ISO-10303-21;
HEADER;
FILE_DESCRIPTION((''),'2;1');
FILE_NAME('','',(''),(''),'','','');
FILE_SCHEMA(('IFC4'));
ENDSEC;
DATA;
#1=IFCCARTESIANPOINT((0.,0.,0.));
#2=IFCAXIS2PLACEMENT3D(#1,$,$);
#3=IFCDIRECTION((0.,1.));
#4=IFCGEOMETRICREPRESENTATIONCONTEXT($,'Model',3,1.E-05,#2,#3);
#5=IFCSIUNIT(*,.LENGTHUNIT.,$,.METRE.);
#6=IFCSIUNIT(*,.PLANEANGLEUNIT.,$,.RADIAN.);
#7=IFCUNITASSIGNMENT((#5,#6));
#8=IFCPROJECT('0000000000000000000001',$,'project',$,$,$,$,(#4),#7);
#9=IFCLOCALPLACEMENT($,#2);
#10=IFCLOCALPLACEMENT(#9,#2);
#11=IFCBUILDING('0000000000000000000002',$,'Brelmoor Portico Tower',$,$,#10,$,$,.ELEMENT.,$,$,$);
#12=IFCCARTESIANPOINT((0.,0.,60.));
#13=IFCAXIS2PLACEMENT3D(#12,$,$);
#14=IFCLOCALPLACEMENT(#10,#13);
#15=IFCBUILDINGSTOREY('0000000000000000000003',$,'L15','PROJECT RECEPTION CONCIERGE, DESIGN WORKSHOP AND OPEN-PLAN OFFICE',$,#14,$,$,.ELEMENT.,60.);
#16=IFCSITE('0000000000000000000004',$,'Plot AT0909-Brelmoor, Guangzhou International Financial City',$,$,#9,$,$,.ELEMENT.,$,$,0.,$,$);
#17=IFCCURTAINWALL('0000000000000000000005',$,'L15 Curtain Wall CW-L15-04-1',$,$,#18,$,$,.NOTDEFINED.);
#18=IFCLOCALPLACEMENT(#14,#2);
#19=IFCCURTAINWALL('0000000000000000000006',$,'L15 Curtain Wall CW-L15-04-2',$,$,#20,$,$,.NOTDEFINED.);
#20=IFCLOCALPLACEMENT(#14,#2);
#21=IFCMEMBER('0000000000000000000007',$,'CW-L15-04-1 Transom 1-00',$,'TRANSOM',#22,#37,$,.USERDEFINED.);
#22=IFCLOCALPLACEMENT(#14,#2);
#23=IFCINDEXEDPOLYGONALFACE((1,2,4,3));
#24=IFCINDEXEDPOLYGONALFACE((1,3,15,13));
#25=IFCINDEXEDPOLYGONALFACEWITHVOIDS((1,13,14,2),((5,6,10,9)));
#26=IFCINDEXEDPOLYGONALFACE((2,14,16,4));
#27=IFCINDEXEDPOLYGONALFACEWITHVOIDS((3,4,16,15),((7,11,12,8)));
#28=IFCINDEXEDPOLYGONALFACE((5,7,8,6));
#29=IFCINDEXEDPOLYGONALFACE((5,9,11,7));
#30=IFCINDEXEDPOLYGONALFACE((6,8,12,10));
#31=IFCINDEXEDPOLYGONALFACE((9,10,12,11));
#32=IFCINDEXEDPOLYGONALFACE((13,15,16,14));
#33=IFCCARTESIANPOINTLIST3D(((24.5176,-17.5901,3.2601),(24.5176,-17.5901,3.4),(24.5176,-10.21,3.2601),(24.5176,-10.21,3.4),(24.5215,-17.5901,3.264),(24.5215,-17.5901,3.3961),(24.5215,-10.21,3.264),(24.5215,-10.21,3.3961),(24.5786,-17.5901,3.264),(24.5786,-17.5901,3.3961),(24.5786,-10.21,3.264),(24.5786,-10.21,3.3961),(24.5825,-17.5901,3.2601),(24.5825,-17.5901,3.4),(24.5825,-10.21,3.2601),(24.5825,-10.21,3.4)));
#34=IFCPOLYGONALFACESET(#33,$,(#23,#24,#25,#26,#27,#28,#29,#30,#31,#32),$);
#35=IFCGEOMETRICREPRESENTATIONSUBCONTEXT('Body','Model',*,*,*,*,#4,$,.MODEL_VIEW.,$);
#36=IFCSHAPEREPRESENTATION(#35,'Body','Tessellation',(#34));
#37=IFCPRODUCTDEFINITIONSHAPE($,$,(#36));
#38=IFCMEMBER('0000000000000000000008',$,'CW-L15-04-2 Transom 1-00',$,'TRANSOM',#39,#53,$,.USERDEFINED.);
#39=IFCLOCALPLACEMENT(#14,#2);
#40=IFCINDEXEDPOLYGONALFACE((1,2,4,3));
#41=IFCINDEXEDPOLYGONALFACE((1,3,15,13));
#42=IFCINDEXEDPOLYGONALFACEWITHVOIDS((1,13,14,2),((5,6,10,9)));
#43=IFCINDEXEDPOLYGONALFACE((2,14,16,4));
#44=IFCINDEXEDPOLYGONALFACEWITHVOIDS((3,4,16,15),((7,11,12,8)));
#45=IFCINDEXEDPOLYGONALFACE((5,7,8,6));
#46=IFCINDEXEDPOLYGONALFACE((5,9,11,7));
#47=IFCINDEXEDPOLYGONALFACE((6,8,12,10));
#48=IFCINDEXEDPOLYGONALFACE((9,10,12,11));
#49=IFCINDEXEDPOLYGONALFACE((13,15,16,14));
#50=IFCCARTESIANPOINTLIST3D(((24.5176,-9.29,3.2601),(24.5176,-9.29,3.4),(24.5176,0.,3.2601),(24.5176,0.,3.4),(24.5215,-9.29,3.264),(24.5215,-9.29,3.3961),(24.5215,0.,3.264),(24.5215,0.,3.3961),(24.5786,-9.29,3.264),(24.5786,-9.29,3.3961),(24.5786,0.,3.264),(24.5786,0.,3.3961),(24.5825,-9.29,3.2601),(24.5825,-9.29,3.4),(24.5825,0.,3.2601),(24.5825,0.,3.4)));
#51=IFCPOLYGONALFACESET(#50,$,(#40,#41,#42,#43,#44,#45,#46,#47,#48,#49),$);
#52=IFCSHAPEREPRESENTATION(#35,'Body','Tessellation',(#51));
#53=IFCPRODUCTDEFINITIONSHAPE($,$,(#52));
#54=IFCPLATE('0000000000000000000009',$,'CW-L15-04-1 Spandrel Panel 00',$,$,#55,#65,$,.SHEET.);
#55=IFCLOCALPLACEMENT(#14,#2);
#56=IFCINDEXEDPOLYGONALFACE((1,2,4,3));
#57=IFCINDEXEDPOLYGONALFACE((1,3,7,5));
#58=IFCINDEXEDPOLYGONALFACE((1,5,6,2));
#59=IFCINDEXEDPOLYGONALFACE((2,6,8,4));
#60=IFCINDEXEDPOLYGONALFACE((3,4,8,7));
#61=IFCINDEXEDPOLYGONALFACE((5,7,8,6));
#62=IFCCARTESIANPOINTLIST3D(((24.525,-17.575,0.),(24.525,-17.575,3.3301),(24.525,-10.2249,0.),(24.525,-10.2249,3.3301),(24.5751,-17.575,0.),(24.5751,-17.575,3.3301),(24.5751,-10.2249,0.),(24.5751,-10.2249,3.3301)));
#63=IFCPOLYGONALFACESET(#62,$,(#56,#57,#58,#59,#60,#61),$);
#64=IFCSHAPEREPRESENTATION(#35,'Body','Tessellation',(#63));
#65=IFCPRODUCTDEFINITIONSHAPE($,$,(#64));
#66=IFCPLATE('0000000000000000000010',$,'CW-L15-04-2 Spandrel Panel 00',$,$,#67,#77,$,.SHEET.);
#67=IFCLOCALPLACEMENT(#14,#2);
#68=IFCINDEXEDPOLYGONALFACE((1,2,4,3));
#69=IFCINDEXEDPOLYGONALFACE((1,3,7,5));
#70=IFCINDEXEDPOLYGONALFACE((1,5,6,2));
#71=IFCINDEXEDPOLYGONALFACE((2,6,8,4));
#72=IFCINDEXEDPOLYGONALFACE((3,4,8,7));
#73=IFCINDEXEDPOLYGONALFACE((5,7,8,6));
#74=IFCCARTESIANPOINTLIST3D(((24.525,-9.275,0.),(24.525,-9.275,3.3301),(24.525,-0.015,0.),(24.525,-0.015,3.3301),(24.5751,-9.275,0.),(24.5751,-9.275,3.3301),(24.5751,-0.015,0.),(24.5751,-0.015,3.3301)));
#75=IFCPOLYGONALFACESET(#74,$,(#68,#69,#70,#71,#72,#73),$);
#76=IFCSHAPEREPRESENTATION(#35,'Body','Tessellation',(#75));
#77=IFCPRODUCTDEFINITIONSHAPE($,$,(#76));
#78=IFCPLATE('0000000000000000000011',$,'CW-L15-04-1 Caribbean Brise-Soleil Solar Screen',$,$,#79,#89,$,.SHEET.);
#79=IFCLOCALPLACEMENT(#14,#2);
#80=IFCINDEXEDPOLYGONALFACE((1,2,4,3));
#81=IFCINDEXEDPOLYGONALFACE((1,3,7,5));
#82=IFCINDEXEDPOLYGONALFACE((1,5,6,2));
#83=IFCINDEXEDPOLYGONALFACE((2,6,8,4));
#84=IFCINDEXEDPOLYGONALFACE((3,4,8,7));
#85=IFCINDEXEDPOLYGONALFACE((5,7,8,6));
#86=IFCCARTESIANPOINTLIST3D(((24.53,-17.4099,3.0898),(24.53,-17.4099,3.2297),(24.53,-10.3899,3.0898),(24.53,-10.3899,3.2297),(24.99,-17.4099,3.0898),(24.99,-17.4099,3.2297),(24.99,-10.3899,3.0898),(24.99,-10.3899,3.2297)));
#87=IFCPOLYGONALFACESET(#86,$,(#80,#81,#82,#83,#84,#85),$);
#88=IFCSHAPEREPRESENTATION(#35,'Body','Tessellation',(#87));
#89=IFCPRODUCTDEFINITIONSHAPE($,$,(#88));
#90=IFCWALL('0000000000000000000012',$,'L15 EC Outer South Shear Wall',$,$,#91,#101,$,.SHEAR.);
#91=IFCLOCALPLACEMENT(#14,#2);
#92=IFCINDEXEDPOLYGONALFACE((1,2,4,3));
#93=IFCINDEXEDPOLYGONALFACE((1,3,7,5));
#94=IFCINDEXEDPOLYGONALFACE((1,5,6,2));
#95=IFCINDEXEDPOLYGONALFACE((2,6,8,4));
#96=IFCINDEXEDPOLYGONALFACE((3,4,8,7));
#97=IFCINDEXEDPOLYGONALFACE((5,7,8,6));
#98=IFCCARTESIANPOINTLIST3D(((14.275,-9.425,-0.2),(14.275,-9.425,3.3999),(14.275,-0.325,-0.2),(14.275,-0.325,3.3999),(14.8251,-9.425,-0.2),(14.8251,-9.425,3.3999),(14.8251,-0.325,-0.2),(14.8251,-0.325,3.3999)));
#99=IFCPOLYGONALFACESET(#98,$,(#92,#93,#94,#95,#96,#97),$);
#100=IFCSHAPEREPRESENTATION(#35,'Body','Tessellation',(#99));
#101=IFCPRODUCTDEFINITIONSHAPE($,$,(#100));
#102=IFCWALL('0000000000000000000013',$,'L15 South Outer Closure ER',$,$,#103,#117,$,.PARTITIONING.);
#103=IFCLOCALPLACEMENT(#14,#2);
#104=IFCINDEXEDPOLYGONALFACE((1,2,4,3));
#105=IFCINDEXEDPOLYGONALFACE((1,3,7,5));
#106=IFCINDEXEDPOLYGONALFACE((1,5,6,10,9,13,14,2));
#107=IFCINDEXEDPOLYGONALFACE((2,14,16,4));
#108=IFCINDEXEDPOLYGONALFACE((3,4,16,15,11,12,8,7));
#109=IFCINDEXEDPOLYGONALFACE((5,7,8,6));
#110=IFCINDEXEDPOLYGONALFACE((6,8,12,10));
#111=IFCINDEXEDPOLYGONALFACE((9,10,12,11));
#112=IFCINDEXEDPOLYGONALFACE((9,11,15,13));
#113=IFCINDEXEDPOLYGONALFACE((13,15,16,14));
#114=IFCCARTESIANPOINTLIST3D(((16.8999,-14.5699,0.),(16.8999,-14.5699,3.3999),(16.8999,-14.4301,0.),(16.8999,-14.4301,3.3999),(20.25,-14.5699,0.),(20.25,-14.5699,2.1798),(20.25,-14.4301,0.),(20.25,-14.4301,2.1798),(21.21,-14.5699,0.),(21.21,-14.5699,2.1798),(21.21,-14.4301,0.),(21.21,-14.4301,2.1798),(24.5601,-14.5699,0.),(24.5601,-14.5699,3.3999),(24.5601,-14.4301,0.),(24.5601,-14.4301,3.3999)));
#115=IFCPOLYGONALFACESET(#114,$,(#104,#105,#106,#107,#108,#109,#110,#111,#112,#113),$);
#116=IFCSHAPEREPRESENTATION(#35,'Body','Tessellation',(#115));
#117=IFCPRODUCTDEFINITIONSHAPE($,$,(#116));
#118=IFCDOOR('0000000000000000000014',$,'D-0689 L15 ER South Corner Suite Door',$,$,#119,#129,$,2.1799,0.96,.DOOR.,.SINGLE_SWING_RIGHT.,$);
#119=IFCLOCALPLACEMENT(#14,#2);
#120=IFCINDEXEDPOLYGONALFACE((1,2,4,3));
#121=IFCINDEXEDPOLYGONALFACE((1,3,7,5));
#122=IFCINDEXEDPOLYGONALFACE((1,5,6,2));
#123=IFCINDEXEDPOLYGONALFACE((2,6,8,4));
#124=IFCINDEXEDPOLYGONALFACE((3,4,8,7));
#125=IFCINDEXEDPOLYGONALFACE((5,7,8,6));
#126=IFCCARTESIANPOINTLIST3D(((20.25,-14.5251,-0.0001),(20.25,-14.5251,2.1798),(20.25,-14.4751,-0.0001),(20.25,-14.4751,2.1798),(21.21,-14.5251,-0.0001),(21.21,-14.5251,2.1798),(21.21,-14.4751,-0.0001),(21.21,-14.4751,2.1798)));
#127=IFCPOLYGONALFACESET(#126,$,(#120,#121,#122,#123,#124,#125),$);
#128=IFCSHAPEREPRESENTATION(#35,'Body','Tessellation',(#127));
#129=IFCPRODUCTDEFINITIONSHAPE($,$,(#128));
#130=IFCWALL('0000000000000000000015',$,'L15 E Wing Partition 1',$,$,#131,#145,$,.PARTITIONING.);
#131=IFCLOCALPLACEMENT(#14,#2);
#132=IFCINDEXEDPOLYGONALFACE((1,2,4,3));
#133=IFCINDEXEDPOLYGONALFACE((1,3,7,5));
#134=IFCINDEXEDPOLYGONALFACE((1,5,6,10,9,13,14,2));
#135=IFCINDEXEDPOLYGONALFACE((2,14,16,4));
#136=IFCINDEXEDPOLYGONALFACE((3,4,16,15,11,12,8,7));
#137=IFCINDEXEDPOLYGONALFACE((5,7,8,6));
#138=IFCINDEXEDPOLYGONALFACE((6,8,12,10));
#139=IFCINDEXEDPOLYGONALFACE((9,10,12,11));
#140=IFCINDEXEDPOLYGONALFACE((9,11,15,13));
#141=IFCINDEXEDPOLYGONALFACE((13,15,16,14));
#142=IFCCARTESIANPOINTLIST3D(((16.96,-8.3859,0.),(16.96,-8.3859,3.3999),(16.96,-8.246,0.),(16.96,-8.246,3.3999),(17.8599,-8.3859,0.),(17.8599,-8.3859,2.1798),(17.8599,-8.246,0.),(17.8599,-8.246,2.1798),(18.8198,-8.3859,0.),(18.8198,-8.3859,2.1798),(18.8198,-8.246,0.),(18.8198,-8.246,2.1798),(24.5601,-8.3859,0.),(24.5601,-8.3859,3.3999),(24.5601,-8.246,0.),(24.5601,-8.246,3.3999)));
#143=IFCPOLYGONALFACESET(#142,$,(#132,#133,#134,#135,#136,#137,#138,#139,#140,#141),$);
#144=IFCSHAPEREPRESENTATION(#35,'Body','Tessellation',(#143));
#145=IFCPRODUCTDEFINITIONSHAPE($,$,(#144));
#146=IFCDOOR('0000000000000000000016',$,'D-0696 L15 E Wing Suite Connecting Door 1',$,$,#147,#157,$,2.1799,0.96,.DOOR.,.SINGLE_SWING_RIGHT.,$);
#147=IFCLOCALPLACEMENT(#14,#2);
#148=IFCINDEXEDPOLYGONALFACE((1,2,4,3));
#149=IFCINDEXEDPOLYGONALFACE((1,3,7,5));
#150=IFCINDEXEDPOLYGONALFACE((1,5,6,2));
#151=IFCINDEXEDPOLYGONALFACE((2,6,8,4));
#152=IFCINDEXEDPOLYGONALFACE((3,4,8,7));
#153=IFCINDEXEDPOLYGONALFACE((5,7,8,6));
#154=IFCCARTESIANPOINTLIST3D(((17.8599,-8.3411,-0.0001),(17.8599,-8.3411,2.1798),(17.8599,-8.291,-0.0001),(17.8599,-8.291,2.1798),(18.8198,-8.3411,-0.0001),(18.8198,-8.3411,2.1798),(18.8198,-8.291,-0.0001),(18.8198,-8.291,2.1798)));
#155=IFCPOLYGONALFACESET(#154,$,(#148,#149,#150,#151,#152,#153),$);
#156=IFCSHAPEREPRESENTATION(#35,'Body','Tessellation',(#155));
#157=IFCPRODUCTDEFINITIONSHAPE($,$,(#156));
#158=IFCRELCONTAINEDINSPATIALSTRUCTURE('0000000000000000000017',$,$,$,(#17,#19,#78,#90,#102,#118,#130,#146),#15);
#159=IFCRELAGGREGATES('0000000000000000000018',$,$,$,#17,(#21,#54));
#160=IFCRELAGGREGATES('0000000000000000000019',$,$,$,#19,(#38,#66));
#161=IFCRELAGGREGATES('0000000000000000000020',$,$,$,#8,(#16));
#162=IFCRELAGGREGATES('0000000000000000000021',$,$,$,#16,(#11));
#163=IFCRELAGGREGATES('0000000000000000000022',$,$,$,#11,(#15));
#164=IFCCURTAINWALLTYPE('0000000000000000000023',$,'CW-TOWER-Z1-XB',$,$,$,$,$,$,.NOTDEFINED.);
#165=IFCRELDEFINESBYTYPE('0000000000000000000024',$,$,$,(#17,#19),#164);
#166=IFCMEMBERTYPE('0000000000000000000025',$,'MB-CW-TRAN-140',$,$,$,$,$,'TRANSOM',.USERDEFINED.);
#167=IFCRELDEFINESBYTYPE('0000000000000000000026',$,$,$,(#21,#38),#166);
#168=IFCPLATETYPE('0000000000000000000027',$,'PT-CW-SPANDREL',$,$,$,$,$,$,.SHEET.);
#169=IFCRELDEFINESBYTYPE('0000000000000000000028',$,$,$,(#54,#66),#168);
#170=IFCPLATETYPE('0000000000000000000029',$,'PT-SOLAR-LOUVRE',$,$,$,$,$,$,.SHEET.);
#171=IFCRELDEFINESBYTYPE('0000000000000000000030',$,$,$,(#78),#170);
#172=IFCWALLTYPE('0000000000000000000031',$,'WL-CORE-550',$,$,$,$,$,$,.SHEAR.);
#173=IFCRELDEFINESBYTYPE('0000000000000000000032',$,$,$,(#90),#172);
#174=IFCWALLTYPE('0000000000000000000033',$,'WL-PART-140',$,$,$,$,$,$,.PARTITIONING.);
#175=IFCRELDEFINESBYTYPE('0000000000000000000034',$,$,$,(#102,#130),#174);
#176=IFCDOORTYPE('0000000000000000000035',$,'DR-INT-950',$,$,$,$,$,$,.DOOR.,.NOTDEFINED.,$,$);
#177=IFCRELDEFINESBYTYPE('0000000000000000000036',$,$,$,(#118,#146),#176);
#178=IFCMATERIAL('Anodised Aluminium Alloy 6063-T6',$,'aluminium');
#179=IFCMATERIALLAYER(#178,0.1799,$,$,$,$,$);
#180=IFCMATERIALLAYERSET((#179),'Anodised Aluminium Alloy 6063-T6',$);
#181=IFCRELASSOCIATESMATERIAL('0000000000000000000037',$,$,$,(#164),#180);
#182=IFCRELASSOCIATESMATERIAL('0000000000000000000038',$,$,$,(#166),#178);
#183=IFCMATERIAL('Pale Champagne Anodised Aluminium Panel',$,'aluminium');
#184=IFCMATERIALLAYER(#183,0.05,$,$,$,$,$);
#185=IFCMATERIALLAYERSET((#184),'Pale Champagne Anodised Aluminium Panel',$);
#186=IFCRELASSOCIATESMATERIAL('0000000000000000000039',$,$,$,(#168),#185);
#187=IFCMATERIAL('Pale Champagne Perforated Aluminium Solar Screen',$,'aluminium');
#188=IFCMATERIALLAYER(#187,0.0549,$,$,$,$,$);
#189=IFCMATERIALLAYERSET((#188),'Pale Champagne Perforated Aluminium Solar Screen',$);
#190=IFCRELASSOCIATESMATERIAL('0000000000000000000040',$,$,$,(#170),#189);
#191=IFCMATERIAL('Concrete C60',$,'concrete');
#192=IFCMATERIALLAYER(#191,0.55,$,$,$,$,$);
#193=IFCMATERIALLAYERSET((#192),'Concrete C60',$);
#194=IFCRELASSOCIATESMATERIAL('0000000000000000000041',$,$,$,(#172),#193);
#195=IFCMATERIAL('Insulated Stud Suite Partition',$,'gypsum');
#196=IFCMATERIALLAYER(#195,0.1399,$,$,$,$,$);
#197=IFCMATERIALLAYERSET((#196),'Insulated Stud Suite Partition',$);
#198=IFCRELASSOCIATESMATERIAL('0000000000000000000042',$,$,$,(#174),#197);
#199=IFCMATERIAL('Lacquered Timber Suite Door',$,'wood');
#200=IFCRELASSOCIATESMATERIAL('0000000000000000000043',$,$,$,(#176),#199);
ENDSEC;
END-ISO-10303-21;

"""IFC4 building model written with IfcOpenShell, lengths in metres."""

from ifc_helpers import new_model, si_unit, direction, frame, frame_2d, origin, origin_2d, place, context, subcontext, project, spatial, rectangle, hollow_rectangle, extrude, material, layer, layer_set, material_profile, profile_set, type_object, element, fill, aggregate, save


model = new_model("IFC4")

# Units and contexts
model_context = context("Model", 3, precision=1e-05, world=origin(), true_north=direction((0.0, 1.0)))
body_context = subcontext(model_context, "Body", "Model", "MODEL_VIEW")
ifc_project = project(units=[si_unit("LENGTHUNIT", "METRE"), si_unit("PLANEANGLEUNIT", "RADIAN")], contexts=[model_context])

# Site, building, storey
site_placement = place(None, origin())
site = spatial("IfcSite", under=ifc_project, at=site_placement, Name="Plot AT0909-Brelmoor, Guangzhou International Financial City", CompositionType="ELEMENT", RefElevation=0.0)
building_placement = place(site_placement, origin())
building = spatial("IfcBuilding", under=site, at=building_placement, Name="Brelmoor Portico Tower", CompositionType="ELEMENT")
storey_placement = place(building_placement, frame((0.0, 0.0, 60.0)))
storey = spatial("IfcBuildingStorey", under=building, at=storey_placement, Name="L15", Description="PROJECT RECEPTION CONCIERGE, DESIGN WORKSHOP AND OPEN-PLAN OFFICE", CompositionType="ELEMENT", Elevation=60.0)

# Curtain walls
ifc_material_1 = material(Name="Anodised Aluminium Alloy 6063-T6", Category="aluminium")
ifc_layer_1 = layer(ifc_material_1, 0.1799)
ifc_layer_set_1 = layer_set([ifc_layer_1], Name="Anodised Aluminium Alloy 6063-T6")
curtain_wall_type = type_object("IfcCurtainWallType", Name="CW-TOWER-Z1-XB", PredefinedType="NOTDEFINED", material=ifc_layer_set_1)
curtain_wall_1_placement = place(storey_placement, origin())
curtain_wall_1 = element("IfcCurtainWall", 1, at=curtain_wall_1_placement, inside=storey, type_object=curtain_wall_type, Name="L15 Curtain Wall CW-L15-04-1", PredefinedType="NOTDEFINED")
curtain_wall_2_placement = place(storey_placement, origin())
curtain_wall_2 = element("IfcCurtainWall", 2, at=curtain_wall_2_placement, inside=storey, type_object=curtain_wall_type, Name="L15 Curtain Wall CW-L15-04-2", PredefinedType="NOTDEFINED")

# Members
ifc_material_profile_1 = material_profile(ifc_material_1, hollow_rectangle(XDim=0.0649, YDim=0.1399, WallThickness=0.0039, at=origin_2d()), Name="ALU TRANSOM 65x140")
ifc_profile_set_1 = profile_set([ifc_material_profile_1], Name="Anodised Aluminium Alloy 6063-T6")
member_type_1 = type_object("IfcMemberType", Name="MB-CW-TRAN-140", ElementType="TRANSOM", PredefinedType="USERDEFINED", material=ifc_profile_set_1)
member_1_placement = place(storey_placement, frame((24.55, -17.5901, 3.3301), z_axis=(0.0, 1.0, 0.0), x_axis=(-1.0, 0.0, 0.0)))
member_1 = element("IfcMember", 3, at=member_1_placement, type_object=member_type_1, Name="CW-L15-04-1 Transom 1-00", ObjectType="TRANSOM", PredefinedType="USERDEFINED", context=body_context, shape_type="SweptSolid", body=[
    extrude(hollow_rectangle(XDim=0.0649, YDim=0.1399, WallThickness=0.0039, at=origin_2d()), origin(), (0.0, 0.0, 1.0), 7.3801),
])
member_2_placement = place(storey_placement, frame((24.55, -9.29, 3.3301), z_axis=(0.0, 1.0, 0.0), x_axis=(-1.0, 0.0, 0.0)))
member_2 = element("IfcMember", 4, at=member_2_placement, type_object=member_type_1, Name="CW-L15-04-2 Transom 1-00", ObjectType="TRANSOM", PredefinedType="USERDEFINED", context=body_context, shape_type="SweptSolid", body=[
    extrude(hollow_rectangle(XDim=0.0649, YDim=0.1399, WallThickness=0.0039, at=origin_2d()), origin(), (0.0, 0.0, 1.0), 9.29),
])

# Plates
ifc_material_2 = material(Name="Pale Champagne Anodised Aluminium Panel", Category="aluminium")
ifc_layer_2 = layer(ifc_material_2, 0.05)
ifc_layer_set_2 = layer_set([ifc_layer_2], Name="Pale Champagne Anodised Aluminium Panel")
plate_type_1 = type_object("IfcPlateType", Name="PT-CW-SPANDREL", PredefinedType="SHEET", material=ifc_layer_set_2)
plate_1_placement = place(storey_placement, frame((24.55, -13.8999, 0.0), z_axis=(0.0, 0.0, 1.0), x_axis=(0.0, 1.0, 0.0)))
plate_1 = element("IfcPlate", 5, at=plate_1_placement, type_object=plate_type_1, Name="CW-L15-04-1 Spandrel Panel 00", PredefinedType="SHEET", context=body_context, shape_type="SweptSolid", body=[
    extrude(rectangle(XDim=7.3501, YDim=0.05, at=origin_2d()), origin(), (0.0, 0.0, 1.0), 3.3301),
])
aggregate(curtain_wall_1, [member_1, plate_1])
plate_2_placement = place(storey_placement, frame((24.55, -4.645, 0.0), z_axis=(0.0, 0.0, 1.0), x_axis=(0.0, 1.0, 0.0)))
plate_2 = element("IfcPlate", 6, at=plate_2_placement, type_object=plate_type_1, Name="CW-L15-04-2 Spandrel Panel 00", PredefinedType="SHEET", context=body_context, shape_type="SweptSolid", body=[
    extrude(rectangle(XDim=9.26, YDim=0.05, at=origin_2d()), origin(), (0.0, 0.0, 1.0), 3.3301),
])
aggregate(curtain_wall_2, [member_2, plate_2])
ifc_material_3 = material(Name="Pale Champagne Perforated Aluminium Solar Screen", Category="aluminium")
ifc_layer_3 = layer(ifc_material_3, 0.0549)
ifc_layer_set_3 = layer_set([ifc_layer_3], Name="Pale Champagne Perforated Aluminium Solar Screen")
plate_type_2 = type_object("IfcPlateType", Name="PT-SOLAR-LOUVRE", PredefinedType="SHEET", material=ifc_layer_set_3)
plate_3_placement = place(storey_placement, frame((24.76, -13.8999, 3.0898), z_axis=(0.0, 0.0, 1.0), x_axis=(0.0, 1.0, 0.0)))
element("IfcPlate", 7, at=plate_3_placement, inside=storey, type_object=plate_type_2, Name="CW-L15-04-1 Caribbean Brise-Soleil Solar Screen", PredefinedType="SHEET", context=body_context, shape_type="SweptSolid", body=[
    extrude(rectangle(XDim=7.02, YDim=0.46, at=origin_2d()), origin(), (0.0, 0.0, 1.0), 0.1399),
])

# Wall
ifc_material_4 = material(Name="Concrete C60", Category="concrete")
ifc_layer_4 = layer(ifc_material_4, 0.55)
ifc_layer_set_4 = layer_set([ifc_layer_4], Name="Concrete C60")
wall_type_1 = type_object("IfcWallType", Name="WL-CORE-550", PredefinedType="SHEAR", material=ifc_layer_set_4)
wall_1_placement = place(storey_placement, frame((14.55, -9.425, -0.2), z_axis=(0.0, 0.0, 1.0), x_axis=(0.0, 1.0, 0.0)))
element("IfcWall", 8, at=wall_1_placement, inside=storey, type_object=wall_type_1, Name="L15 EC Outer South Shear Wall", PredefinedType="SHEAR", context=body_context, shape_type="SweptSolid", body=[
    extrude(rectangle(XDim=9.1001, YDim=0.55, at=frame_2d((4.55, 0.0))), origin(), (0.0, 0.0, 1.0), 3.5999),
])

# Walls, openings, doors
ifc_material_5 = material(Name="Insulated Stud Suite Partition", Category="gypsum")
ifc_layer_5 = layer(ifc_material_5, 0.1399)
ifc_layer_set_5 = layer_set([ifc_layer_5], Name="Insulated Stud Suite Partition")
wall_type_2 = type_object("IfcWallType", Name="WL-PART-140", PredefinedType="PARTITIONING", material=ifc_layer_set_5)
wall_2_placement = place(storey_placement, frame((16.8999, -14.5, 0.0), z_axis=(0.0, 0.0, 1.0), x_axis=(1.0, 0.0, 0.0)))
wall_2 = element("IfcWall", 9, at=wall_2_placement, inside=storey, type_object=wall_type_2, Name="L15 South Outer Closure ER", PredefinedType="PARTITIONING", context=body_context, shape_type="SweptSolid", body=[
    extrude(rectangle(XDim=7.6602, YDim=0.1399, at=frame_2d((3.8301, 0.0))), origin(), (0.0, 0.0, 1.0), 3.3999),
])
opening_1_placement = place(wall_2_placement, frame((3.3501, 0.0, 0.0)))
opening_1 = element("IfcOpeningElement", 10, at=opening_1_placement, cuts=wall_2, PredefinedType="OPENING", context=body_context, shape_type="SweptSolid", body=[
    extrude(rectangle(XDim=0.96, YDim=2.1799, at=frame_2d((0.48, 1.0898))), frame((0.0, 0.0798, 0.0), z_axis=(0.0, -1.0, 0.0), x_axis=(1.0, 0.0, 0.0)), (0.0, 0.0, 1.0), 0.1599),
])
ifc_material_6 = material(Name="Lacquered Timber Suite Door", Category="wood")
door_type_1 = type_object("IfcDoorType", Name="DR-INT-950", OperationType="NOTDEFINED", PredefinedType="DOOR", material=ifc_material_6)
door_1_placement = place(opening_1_placement, origin())
door_1 = element("IfcDoor", 11, at=door_1_placement, inside=storey, type_object=door_type_1, Name="D-0689 L15 ER South Corner Suite Door", OperationType="SINGLE_SWING_RIGHT", OverallHeight=2.1799, OverallWidth=0.96, PredefinedType="DOOR", context=body_context, shape_type="SweptSolid", body=[
    extrude(rectangle(XDim=0.96, YDim=2.1799, at=frame_2d((0.48, 1.0898))), frame((0.0, 0.0249, 0.0), z_axis=(0.0, -1.0, 0.0), x_axis=(1.0, 0.0, 0.0)), (0.0, 0.0, 1.0), 0.05),
])
fill(opening_1, door_1)
wall_3_placement = place(storey_placement, frame((16.96, -8.3159, 0.0), z_axis=(0.0, 0.0, 1.0), x_axis=(1.0, 0.0, 0.0)))
wall_3 = element("IfcWall", 12, at=wall_3_placement, inside=storey, type_object=wall_type_2, Name="L15 E Wing Partition 1", PredefinedType="PARTITIONING", context=body_context, shape_type="SweptSolid", body=[
    extrude(rectangle(XDim=7.6001, YDim=0.1399, at=frame_2d((3.8, 0.0))), origin(), (0.0, 0.0, 1.0), 3.3999),
])
opening_2_placement = place(wall_3_placement, frame((0.8999, 0.0, 0.0)))
opening_2 = element("IfcOpeningElement", 13, at=opening_2_placement, cuts=wall_3, PredefinedType="OPENING", context=body_context, shape_type="SweptSolid", body=[
    extrude(rectangle(XDim=0.96, YDim=2.1799, at=frame_2d((0.48, 1.0898))), frame((0.0, 0.0798, 0.0), z_axis=(0.0, -1.0, 0.0), x_axis=(1.0, 0.0, 0.0)), (0.0, 0.0, 1.0), 0.1599),
])
door_2_placement = place(opening_2_placement, origin())
door_2 = element("IfcDoor", 14, at=door_2_placement, inside=storey, type_object=door_type_1, Name="D-0696 L15 E Wing Suite Connecting Door 1", OperationType="SINGLE_SWING_RIGHT", OverallHeight=2.1799, OverallWidth=0.96, PredefinedType="DOOR", context=body_context, shape_type="SweptSolid", body=[
    extrude(rectangle(XDim=0.96, YDim=2.1799, at=frame_2d((0.48, 1.0898))), frame((0.0, 0.0249, 0.0), z_axis=(0.0, -1.0, 0.0), x_axis=(1.0, 0.0, 0.0)), (0.0, 0.0, 1.0), 0.05),
])
fill(opening_2, door_2)

save(model, "model.ifc")
